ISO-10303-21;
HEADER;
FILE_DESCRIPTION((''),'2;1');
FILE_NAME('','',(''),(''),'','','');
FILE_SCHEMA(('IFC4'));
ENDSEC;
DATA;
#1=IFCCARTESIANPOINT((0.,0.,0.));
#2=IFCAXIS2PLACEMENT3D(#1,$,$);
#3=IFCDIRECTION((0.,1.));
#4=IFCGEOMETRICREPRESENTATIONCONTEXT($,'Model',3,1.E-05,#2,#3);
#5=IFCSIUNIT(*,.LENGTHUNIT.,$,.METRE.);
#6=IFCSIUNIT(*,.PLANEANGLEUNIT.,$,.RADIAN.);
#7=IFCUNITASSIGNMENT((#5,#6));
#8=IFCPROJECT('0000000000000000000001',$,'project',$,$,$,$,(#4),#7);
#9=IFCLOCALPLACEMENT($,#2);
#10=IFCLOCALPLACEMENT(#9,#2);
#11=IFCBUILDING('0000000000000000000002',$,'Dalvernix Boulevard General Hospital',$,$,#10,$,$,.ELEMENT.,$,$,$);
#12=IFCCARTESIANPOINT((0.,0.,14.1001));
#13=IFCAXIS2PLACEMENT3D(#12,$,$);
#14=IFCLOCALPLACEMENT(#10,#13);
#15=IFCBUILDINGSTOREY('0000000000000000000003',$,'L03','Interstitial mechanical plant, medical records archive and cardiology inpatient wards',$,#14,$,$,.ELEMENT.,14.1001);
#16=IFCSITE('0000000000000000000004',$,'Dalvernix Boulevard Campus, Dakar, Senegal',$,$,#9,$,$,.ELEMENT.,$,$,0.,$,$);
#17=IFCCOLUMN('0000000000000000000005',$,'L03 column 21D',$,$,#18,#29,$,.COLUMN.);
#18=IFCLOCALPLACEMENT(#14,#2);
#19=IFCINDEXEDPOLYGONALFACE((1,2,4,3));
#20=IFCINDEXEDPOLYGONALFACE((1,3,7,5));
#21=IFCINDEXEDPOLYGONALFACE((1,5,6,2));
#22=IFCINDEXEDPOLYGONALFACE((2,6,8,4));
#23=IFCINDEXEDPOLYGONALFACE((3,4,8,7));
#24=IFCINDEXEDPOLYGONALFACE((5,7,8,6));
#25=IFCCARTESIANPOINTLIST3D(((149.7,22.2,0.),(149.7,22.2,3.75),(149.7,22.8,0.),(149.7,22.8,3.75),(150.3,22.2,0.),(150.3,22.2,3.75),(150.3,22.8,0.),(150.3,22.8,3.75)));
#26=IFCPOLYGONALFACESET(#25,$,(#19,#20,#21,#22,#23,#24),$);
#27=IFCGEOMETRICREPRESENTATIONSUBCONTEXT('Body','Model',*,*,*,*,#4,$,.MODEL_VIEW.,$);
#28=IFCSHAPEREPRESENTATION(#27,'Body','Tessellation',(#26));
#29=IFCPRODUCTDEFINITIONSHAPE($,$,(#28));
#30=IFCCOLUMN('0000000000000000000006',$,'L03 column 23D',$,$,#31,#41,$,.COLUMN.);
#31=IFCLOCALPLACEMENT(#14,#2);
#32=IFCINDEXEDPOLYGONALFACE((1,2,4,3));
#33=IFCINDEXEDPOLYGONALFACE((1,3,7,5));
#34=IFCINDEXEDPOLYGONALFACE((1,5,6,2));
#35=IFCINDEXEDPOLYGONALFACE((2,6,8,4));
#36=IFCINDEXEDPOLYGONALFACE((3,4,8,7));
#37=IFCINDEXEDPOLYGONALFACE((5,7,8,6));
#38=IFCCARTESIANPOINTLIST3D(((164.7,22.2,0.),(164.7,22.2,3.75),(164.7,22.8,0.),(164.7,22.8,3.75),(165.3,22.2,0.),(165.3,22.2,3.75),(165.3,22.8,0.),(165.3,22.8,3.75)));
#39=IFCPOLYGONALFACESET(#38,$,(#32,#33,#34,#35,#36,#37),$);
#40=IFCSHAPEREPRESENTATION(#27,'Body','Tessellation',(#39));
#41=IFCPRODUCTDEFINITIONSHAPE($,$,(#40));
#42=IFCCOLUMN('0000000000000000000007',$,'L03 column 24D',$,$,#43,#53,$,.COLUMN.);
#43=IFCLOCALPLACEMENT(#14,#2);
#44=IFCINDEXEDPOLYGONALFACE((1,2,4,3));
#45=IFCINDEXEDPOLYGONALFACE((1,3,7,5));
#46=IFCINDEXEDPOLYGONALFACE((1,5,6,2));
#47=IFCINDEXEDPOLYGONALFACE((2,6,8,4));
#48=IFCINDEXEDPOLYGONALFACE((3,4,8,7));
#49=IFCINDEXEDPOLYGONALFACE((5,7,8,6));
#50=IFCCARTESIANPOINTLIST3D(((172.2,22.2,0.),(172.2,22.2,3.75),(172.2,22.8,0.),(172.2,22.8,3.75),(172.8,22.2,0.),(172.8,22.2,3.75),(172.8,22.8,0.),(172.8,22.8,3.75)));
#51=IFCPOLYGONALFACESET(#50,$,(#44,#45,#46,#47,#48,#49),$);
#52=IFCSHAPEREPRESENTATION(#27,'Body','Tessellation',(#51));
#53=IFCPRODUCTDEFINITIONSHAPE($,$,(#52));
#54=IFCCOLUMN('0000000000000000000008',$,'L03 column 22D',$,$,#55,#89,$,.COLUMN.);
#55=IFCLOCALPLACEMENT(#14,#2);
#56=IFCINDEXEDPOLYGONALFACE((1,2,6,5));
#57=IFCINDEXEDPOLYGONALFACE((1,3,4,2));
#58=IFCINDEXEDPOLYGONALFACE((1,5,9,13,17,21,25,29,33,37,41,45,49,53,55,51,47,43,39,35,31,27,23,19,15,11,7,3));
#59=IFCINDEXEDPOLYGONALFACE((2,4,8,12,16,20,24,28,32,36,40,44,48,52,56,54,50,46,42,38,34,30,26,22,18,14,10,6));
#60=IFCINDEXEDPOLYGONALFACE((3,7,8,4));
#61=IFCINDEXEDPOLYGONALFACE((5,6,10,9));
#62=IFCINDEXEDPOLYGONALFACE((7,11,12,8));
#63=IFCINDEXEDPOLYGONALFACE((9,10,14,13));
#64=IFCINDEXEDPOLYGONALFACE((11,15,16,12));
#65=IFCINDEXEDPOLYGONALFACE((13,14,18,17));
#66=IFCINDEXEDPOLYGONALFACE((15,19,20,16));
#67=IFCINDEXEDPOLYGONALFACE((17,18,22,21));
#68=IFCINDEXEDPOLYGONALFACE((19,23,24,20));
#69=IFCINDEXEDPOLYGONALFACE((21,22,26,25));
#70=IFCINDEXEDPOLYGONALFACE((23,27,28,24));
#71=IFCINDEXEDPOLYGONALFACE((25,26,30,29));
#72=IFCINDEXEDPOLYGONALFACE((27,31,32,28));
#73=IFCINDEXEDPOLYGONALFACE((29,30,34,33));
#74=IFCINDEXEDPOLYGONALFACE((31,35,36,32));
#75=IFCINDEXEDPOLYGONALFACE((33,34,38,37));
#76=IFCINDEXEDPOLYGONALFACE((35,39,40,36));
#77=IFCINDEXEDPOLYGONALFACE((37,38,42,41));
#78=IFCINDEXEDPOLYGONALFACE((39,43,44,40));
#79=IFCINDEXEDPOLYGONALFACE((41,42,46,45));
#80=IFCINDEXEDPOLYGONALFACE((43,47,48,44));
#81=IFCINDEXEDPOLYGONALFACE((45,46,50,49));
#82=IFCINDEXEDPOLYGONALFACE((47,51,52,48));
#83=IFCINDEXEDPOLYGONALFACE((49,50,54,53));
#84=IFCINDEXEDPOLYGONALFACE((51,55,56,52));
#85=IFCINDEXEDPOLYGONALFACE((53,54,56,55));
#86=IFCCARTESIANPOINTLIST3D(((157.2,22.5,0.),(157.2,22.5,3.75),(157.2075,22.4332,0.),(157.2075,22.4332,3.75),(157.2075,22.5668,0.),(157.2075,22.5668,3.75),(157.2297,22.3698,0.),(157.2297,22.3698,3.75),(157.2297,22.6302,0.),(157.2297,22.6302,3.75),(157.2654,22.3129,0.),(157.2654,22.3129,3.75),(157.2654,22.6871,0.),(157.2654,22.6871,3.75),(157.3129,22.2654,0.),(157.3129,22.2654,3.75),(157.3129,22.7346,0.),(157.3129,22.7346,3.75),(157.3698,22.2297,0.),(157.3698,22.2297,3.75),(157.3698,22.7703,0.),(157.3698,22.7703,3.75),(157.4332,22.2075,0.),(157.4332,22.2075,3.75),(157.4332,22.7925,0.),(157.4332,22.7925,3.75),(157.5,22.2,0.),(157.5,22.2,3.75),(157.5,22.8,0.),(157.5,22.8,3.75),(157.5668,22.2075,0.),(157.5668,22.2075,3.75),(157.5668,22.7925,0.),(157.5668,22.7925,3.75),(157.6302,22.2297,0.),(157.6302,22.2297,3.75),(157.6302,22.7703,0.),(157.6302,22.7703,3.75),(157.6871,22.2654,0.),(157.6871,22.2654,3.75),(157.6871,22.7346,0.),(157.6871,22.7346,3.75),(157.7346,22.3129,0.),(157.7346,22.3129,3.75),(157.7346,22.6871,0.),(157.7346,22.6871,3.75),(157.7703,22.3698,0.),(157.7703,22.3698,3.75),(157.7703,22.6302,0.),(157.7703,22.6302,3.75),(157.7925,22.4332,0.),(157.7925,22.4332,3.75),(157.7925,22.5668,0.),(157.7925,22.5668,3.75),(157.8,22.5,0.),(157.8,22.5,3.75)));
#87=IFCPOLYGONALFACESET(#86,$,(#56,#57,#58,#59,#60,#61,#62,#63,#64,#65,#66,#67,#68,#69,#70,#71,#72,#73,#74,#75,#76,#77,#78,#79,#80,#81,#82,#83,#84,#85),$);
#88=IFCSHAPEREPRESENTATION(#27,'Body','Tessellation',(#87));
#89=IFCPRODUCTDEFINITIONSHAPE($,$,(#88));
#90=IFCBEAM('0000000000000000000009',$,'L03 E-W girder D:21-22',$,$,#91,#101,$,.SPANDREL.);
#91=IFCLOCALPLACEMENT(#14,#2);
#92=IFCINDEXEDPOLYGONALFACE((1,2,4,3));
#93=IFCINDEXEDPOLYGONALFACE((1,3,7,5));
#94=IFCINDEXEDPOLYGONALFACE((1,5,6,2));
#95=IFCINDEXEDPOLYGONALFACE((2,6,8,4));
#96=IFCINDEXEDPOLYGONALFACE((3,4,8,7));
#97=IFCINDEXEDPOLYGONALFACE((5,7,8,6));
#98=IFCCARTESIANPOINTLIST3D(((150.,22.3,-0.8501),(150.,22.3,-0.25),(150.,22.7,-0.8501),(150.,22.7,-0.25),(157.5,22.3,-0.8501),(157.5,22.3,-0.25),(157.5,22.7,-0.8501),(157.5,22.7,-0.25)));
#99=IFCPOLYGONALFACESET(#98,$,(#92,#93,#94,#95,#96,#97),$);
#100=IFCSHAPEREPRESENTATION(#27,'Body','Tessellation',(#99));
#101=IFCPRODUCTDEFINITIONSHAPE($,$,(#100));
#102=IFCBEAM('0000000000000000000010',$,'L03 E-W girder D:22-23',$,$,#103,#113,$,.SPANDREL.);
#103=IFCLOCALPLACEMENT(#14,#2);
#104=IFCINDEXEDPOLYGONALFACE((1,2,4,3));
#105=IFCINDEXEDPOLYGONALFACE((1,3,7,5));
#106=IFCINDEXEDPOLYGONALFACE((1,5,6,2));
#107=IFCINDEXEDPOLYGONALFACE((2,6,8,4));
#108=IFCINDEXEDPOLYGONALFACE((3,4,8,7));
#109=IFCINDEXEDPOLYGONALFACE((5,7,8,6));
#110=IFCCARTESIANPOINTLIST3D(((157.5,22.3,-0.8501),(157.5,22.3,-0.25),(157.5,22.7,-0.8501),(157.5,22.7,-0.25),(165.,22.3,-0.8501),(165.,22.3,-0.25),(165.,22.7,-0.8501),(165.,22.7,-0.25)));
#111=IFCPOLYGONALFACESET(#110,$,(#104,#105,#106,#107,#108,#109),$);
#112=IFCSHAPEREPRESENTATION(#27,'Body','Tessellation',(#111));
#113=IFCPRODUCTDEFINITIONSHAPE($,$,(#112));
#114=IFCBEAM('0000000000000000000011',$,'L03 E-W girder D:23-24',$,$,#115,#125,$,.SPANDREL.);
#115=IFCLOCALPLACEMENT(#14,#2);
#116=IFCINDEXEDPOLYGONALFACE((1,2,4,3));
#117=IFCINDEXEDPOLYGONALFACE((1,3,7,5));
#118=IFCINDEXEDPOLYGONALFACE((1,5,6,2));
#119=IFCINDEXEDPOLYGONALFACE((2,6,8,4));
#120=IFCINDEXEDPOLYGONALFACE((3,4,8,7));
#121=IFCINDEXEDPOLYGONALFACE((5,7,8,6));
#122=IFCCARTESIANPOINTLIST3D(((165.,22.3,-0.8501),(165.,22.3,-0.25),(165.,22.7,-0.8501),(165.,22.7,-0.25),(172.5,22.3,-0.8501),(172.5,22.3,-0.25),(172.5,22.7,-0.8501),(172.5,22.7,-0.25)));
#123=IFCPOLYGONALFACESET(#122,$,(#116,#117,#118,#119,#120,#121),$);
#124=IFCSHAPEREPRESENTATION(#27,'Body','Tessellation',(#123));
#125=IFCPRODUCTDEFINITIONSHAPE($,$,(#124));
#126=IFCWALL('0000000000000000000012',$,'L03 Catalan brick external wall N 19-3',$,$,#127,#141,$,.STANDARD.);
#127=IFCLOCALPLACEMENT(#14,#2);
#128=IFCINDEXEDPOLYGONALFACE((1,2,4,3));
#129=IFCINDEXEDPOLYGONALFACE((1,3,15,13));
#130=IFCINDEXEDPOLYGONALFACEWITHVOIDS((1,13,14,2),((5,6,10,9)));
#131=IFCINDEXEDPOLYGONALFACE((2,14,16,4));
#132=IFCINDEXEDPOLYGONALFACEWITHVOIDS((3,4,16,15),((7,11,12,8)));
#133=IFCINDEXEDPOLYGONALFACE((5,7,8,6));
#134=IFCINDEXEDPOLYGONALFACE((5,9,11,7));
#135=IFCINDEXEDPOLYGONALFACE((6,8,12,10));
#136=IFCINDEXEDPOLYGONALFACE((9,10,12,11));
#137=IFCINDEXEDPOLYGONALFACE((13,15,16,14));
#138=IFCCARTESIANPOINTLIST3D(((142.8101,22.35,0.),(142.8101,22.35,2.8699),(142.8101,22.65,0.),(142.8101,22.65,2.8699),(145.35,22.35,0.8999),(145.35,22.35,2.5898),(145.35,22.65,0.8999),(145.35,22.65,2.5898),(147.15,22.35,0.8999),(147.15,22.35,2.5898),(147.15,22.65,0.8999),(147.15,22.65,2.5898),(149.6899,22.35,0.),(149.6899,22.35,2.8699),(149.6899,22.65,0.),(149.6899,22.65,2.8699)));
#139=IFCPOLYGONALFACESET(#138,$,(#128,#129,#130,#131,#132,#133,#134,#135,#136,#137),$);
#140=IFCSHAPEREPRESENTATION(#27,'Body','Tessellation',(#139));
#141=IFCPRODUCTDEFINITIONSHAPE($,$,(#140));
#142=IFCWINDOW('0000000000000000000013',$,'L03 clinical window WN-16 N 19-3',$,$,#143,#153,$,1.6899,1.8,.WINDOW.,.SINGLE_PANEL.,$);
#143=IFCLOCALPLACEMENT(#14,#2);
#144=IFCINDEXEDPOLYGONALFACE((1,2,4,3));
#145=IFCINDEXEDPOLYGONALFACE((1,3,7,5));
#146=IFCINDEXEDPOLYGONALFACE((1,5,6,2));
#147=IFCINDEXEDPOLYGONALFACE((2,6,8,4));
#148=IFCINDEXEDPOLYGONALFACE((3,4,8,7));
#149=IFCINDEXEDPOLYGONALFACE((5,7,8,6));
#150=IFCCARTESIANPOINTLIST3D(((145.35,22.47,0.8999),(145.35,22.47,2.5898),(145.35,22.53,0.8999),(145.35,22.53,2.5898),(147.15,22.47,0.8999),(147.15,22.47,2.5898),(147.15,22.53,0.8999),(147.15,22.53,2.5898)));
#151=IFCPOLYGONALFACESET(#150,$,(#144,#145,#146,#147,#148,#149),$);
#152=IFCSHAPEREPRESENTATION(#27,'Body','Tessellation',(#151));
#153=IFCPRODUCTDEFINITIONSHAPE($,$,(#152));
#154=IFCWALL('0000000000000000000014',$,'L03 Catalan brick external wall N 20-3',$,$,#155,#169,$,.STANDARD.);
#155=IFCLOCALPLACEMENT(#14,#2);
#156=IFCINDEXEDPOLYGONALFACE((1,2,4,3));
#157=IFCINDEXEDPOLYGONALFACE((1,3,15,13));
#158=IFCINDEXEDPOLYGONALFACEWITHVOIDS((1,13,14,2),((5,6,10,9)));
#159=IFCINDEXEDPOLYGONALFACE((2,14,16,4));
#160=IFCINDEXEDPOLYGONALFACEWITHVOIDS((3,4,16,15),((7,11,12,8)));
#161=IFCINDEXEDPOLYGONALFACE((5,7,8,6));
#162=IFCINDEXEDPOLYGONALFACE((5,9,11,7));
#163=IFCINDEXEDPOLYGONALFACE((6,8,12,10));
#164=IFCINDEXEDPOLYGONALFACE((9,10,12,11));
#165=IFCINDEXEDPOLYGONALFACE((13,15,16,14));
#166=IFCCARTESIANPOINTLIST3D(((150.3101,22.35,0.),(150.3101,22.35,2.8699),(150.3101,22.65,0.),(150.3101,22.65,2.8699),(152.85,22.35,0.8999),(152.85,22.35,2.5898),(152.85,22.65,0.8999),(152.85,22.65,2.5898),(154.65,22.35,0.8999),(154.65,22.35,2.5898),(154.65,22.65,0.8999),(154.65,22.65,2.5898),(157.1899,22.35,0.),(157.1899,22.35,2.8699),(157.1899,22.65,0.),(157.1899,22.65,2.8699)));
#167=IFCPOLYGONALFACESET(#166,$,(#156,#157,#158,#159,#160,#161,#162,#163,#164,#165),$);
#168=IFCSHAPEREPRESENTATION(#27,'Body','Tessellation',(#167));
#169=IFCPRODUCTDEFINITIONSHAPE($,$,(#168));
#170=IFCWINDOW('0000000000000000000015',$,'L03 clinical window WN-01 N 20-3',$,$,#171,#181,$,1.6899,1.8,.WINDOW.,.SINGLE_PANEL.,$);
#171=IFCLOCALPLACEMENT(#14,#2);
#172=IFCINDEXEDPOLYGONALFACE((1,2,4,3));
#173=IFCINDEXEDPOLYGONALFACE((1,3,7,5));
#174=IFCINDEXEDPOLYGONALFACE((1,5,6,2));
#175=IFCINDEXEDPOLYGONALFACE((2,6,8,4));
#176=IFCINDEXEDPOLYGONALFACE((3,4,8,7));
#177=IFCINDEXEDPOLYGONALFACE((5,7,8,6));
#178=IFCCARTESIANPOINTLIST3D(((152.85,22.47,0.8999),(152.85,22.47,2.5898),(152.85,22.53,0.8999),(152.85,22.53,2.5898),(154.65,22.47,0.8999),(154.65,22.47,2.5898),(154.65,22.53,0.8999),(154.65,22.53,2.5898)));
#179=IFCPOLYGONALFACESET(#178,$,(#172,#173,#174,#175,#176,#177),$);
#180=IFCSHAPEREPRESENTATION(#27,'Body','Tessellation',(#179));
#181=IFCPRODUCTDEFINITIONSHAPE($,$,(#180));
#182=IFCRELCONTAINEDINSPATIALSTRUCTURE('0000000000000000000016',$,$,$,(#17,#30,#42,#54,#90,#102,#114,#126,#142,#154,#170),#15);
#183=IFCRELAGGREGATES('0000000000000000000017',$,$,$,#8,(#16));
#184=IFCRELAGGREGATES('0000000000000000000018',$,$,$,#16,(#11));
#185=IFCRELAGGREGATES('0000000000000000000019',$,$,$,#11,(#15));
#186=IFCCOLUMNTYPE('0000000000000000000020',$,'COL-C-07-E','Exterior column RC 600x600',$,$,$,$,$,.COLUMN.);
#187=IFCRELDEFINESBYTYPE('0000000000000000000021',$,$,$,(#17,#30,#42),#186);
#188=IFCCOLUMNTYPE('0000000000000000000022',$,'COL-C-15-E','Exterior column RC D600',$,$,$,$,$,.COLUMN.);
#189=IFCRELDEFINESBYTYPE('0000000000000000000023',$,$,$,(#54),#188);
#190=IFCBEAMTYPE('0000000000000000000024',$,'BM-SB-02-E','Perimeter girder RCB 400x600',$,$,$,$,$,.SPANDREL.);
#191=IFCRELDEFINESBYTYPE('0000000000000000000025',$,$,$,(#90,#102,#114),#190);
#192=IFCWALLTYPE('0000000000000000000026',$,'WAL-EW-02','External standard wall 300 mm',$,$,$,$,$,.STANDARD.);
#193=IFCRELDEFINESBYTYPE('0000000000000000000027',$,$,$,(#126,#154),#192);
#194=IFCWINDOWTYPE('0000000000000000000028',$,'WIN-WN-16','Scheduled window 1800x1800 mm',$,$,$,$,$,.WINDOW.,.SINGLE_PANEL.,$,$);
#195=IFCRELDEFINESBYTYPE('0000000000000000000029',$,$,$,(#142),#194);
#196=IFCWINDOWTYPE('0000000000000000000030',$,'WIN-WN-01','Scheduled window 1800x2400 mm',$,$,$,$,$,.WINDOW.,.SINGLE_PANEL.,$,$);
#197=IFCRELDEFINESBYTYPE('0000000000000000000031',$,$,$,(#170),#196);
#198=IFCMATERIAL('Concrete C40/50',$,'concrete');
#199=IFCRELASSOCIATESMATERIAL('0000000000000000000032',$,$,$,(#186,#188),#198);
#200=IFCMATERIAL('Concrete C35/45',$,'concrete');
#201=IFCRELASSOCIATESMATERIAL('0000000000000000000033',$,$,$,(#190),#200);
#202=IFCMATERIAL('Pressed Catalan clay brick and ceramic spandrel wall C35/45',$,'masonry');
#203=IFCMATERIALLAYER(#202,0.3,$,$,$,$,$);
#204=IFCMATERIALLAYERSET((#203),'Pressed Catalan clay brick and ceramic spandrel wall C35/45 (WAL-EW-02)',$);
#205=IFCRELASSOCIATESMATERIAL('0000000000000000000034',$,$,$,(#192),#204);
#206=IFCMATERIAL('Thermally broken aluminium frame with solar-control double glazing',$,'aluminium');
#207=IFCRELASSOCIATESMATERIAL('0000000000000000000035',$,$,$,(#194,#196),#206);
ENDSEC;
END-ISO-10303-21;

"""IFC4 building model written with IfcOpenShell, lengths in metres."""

from ifc_helpers import new_model, si_unit, direction, frame, frame_2d, origin, origin_2d, place, context, subcontext, project, spatial, rectangle, circle, extrude, material, layer, layer_set, material_profile, profile_set, type_object, element, fill, save


model = new_model("IFC4")

# Units and contexts
model_context = context("Model", 3, precision=1e-05, world=origin(), true_north=direction((0.0, 1.0)))
body_context = subcontext(model_context, "Body", "Model", "MODEL_VIEW")
ifc_project = project(units=[si_unit("LENGTHUNIT", "METRE"), si_unit("PLANEANGLEUNIT", "RADIAN")], contexts=[model_context])

# Site, building, storey
site_placement = place(None, origin())
site = spatial("IfcSite", under=ifc_project, at=site_placement, Name="Dalvernix Boulevard Campus, Dakar, Senegal", CompositionType="ELEMENT", RefElevation=0.0)
building_placement = place(site_placement, origin())
building = spatial("IfcBuilding", under=site, at=building_placement, Name="Dalvernix Boulevard General Hospital", CompositionType="ELEMENT")
storey_placement = place(building_placement, frame((0.0, 0.0, 14.1001)))
storey = spatial("IfcBuildingStorey", under=building, at=storey_placement, Name="L03", Description="Interstitial mechanical plant, medical records archive and cardiology inpatient wards", CompositionType="ELEMENT", Elevation=14.1001)

# Columns
ifc_material_1 = material(Name="Concrete C40/50", Category="concrete")
ifc_material_profile_1 = material_profile(ifc_material_1, rectangle(XDim=0.6001, YDim=0.6001, at=origin_2d()), Name="RC 600x600")
ifc_profile_set_1 = profile_set([ifc_material_profile_1], Name="Concrete C40/50")
column_type_1 = type_object("IfcColumnType", Name="COL-C-07-E", Description="Exterior column RC 600x600", PredefinedType="COLUMN", material=ifc_profile_set_1)
for number, where, z_axis, x_axis, name in (
    (1, (150.0, 22.5, 0.0), (0.0, 0.0, 1.0), (1.0, 0.0, 0.0), "L03 column 21D"),
    (2, (165.0, 22.5, 0.0), (0.0, 0.0, 1.0), (1.0, 0.0, 0.0), "L03 column 23D"),
    (3, (172.5, 22.5, 0.0), (0.0, 0.0, 1.0), (1.0, 0.0, 0.0), "L03 column 24D"),
):
    element("IfcColumn", number, at=place(storey_placement, frame(where, z_axis=z_axis, x_axis=x_axis)), inside=storey, type_object=column_type_1, Name=name, PredefinedType="COLUMN", context=body_context, shape_type="SweptSolid", body=[
        extrude(rectangle(XDim=0.6001, YDim=0.6001, at=origin_2d()), origin(), (0.0, 0.0, 1.0), 3.75),
    ])
ifc_material_profile_2 = material_profile(ifc_material_1, circle(Radius=0.3, at=origin_2d()), Name="RC D600")
ifc_profile_set_2 = profile_set([ifc_material_profile_2], Name="Concrete C40/50")
column_type_2 = type_object("IfcColumnType", Name="COL-C-15-E", Description="Exterior column RC D600", PredefinedType="COLUMN", material=ifc_profile_set_2)
column_placement = place(storey_placement, frame((157.5, 22.5, 0.0), z_axis=(0.0, 0.0, 1.0), x_axis=(1.0, 0.0, 0.0)))
element("IfcColumn", 4, at=column_placement, inside=storey, type_object=column_type_2, Name="L03 column 22D", PredefinedType="COLUMN", context=body_context, shape_type="SweptSolid", body=[
    extrude(circle(Radius=0.3, at=origin_2d()), origin(), (0.0, 0.0, 1.0), 3.75),
])

# Beams
ifc_material_2 = material(Name="Concrete C35/45", Category="concrete")
ifc_material_profile_3 = material_profile(ifc_material_2, rectangle(XDim=0.3999, YDim=0.6001, at=origin_2d()), Name="RCB 400x600")
ifc_profile_set_3 = profile_set([ifc_material_profile_3], Name="Concrete C35/45")
beam_type = type_object("IfcBeamType", Name="BM-SB-02-E", Description="Perimeter girder RCB 400x600", PredefinedType="SPANDREL", material=ifc_profile_set_3)
for number, where, z_axis, x_axis, name in (
    (5, (150.0, 22.5, -0.55), (1.0, 0.0, 0.0), (0.0, 1.0, 0.0), "L03 E-W girder D:21-22"),
    (6, (157.5, 22.5, -0.55), (1.0, 0.0, 0.0), (0.0, 1.0, 0.0), "L03 E-W girder D:22-23"),
    (7, (165.0, 22.5, -0.55), (1.0, 0.0, 0.0), (0.0, 1.0, 0.0), "L03 E-W girder D:23-24"),
):
    element("IfcBeam", number, at=place(storey_placement, frame(where, z_axis=z_axis, x_axis=x_axis)), inside=storey, type_object=beam_type, Name=name, PredefinedType="SPANDREL", context=body_context, shape_type="SweptSolid", body=[
        extrude(rectangle(XDim=0.3999, YDim=0.6001, at=origin_2d()), origin(), (0.0, 0.0, 1.0), 7.5),
    ])

# Walls, openings, windows
ifc_material_3 = material(Name="Pressed Catalan clay brick and ceramic spandrel wall C35/45", Category="masonry")
ifc_layer_1 = layer(ifc_material_3, 0.3)
ifc_layer_set_1 = layer_set([ifc_layer_1], Name="Pressed Catalan clay brick and ceramic spandrel wall C35/45 (WAL-EW-02)")
wall_type = type_object("IfcWallType", Name="WAL-EW-02", Description="External standard wall 300 mm", PredefinedType="STANDARD", material=ifc_layer_set_1)
wall_1_placement = place(storey_placement, frame((142.8101, 22.5, 0.0), z_axis=(0.0, 0.0, 1.0), x_axis=(1.0, 0.0, 0.0)))
wall_1 = element("IfcWall", 8, at=wall_1_placement, inside=storey, type_object=wall_type, Name="L03 Catalan brick external wall N 19-3", PredefinedType="STANDARD", context=body_context, shape_type="SweptSolid", body=[
    extrude(rectangle(XDim=6.8799, YDim=0.3, at=frame_2d((3.4399, 0.0))), origin(), (0.0, 0.0, 1.0), 2.8699),
])
opening_1_placement = place(wall_1_placement, frame((2.54, 0.0, 0.8999)))
opening_1 = element("IfcOpeningElement", 9, at=opening_1_placement, cuts=wall_1, PredefinedType="OPENING", context=body_context, shape_type="SweptSolid", body=[
    extrude(rectangle(XDim=1.8, YDim=1.6899, at=frame_2d((0.8999, 0.845))), frame((0.0, 0.1599, 0.0), z_axis=(0.0, -1.0, 0.0), x_axis=(1.0, 0.0, 0.0)), (0.0, 0.0, 1.0), 0.3201),
])
ifc_material_4 = material(Name="Thermally broken aluminium frame with solar-control double glazing", Category="aluminium")
window_type_1 = type_object("IfcWindowType", Name="WIN-WN-16", Description="Scheduled window 1800x1800 mm", PartitioningType="SINGLE_PANEL", PredefinedType="WINDOW", material=ifc_material_4)
window_1_placement = place(opening_1_placement, origin())
window_1 = element("IfcWindow", 10, at=window_1_placement, inside=storey, type_object=window_type_1, Name="L03 clinical window WN-16 N 19-3", OverallHeight=1.6899, OverallWidth=1.8, PartitioningType="SINGLE_PANEL", PredefinedType="WINDOW", context=body_context, shape_type="SweptSolid", body=[
    extrude(rectangle(XDim=1.8, YDim=1.6899, at=frame_2d((0.8999, 0.845))), frame((0.0, 0.03, 0.0), z_axis=(0.0, -1.0, 0.0), x_axis=(1.0, 0.0, 0.0)), (0.0, 0.0, 1.0), 0.0601),
])
fill(opening_1, window_1)
wall_2_placement = place(storey_placement, frame((150.3101, 22.5, 0.0), z_axis=(0.0, 0.0, 1.0), x_axis=(1.0, 0.0, 0.0)))
wall_2 = element("IfcWall", 11, at=wall_2_placement, inside=storey, type_object=wall_type, Name="L03 Catalan brick external wall N 20-3", PredefinedType="STANDARD", context=body_context, shape_type="SweptSolid", body=[
    extrude(rectangle(XDim=6.8799, YDim=0.3, at=frame_2d((3.4399, 0.0))), origin(), (0.0, 0.0, 1.0), 2.8699),
])
opening_2_placement = place(wall_2_placement, frame((2.54, 0.0, 0.8999)))
opening_2 = element("IfcOpeningElement", 12, at=opening_2_placement, cuts=wall_2, PredefinedType="OPENING", context=body_context, shape_type="SweptSolid", body=[
    extrude(rectangle(XDim=1.8, YDim=1.6899, at=frame_2d((0.8999, 0.845))), frame((0.0, 0.1599, 0.0), z_axis=(0.0, -1.0, 0.0), x_axis=(1.0, 0.0, 0.0)), (0.0, 0.0, 1.0), 0.3201),
])
window_type_2 = type_object("IfcWindowType", Name="WIN-WN-01", Description="Scheduled window 1800x2400 mm", PartitioningType="SINGLE_PANEL", PredefinedType="WINDOW", material=ifc_material_4)
window_2_placement = place(opening_2_placement, origin())
window_2 = element("IfcWindow", 13, at=window_2_placement, inside=storey, type_object=window_type_2, Name="L03 clinical window WN-01 N 20-3", OverallHeight=1.6899, OverallWidth=1.8, PartitioningType="SINGLE_PANEL", PredefinedType="WINDOW", context=body_context, shape_type="SweptSolid", body=[
    extrude(rectangle(XDim=1.8, YDim=1.6899, at=frame_2d((0.8999, 0.845))), frame((0.0, 0.03, 0.0), z_axis=(0.0, -1.0, 0.0), x_axis=(1.0, 0.0, 0.0)), (0.0, 0.0, 1.0), 0.0601),
])
fill(opening_2, window_2)

save(model, "model.ifc")
